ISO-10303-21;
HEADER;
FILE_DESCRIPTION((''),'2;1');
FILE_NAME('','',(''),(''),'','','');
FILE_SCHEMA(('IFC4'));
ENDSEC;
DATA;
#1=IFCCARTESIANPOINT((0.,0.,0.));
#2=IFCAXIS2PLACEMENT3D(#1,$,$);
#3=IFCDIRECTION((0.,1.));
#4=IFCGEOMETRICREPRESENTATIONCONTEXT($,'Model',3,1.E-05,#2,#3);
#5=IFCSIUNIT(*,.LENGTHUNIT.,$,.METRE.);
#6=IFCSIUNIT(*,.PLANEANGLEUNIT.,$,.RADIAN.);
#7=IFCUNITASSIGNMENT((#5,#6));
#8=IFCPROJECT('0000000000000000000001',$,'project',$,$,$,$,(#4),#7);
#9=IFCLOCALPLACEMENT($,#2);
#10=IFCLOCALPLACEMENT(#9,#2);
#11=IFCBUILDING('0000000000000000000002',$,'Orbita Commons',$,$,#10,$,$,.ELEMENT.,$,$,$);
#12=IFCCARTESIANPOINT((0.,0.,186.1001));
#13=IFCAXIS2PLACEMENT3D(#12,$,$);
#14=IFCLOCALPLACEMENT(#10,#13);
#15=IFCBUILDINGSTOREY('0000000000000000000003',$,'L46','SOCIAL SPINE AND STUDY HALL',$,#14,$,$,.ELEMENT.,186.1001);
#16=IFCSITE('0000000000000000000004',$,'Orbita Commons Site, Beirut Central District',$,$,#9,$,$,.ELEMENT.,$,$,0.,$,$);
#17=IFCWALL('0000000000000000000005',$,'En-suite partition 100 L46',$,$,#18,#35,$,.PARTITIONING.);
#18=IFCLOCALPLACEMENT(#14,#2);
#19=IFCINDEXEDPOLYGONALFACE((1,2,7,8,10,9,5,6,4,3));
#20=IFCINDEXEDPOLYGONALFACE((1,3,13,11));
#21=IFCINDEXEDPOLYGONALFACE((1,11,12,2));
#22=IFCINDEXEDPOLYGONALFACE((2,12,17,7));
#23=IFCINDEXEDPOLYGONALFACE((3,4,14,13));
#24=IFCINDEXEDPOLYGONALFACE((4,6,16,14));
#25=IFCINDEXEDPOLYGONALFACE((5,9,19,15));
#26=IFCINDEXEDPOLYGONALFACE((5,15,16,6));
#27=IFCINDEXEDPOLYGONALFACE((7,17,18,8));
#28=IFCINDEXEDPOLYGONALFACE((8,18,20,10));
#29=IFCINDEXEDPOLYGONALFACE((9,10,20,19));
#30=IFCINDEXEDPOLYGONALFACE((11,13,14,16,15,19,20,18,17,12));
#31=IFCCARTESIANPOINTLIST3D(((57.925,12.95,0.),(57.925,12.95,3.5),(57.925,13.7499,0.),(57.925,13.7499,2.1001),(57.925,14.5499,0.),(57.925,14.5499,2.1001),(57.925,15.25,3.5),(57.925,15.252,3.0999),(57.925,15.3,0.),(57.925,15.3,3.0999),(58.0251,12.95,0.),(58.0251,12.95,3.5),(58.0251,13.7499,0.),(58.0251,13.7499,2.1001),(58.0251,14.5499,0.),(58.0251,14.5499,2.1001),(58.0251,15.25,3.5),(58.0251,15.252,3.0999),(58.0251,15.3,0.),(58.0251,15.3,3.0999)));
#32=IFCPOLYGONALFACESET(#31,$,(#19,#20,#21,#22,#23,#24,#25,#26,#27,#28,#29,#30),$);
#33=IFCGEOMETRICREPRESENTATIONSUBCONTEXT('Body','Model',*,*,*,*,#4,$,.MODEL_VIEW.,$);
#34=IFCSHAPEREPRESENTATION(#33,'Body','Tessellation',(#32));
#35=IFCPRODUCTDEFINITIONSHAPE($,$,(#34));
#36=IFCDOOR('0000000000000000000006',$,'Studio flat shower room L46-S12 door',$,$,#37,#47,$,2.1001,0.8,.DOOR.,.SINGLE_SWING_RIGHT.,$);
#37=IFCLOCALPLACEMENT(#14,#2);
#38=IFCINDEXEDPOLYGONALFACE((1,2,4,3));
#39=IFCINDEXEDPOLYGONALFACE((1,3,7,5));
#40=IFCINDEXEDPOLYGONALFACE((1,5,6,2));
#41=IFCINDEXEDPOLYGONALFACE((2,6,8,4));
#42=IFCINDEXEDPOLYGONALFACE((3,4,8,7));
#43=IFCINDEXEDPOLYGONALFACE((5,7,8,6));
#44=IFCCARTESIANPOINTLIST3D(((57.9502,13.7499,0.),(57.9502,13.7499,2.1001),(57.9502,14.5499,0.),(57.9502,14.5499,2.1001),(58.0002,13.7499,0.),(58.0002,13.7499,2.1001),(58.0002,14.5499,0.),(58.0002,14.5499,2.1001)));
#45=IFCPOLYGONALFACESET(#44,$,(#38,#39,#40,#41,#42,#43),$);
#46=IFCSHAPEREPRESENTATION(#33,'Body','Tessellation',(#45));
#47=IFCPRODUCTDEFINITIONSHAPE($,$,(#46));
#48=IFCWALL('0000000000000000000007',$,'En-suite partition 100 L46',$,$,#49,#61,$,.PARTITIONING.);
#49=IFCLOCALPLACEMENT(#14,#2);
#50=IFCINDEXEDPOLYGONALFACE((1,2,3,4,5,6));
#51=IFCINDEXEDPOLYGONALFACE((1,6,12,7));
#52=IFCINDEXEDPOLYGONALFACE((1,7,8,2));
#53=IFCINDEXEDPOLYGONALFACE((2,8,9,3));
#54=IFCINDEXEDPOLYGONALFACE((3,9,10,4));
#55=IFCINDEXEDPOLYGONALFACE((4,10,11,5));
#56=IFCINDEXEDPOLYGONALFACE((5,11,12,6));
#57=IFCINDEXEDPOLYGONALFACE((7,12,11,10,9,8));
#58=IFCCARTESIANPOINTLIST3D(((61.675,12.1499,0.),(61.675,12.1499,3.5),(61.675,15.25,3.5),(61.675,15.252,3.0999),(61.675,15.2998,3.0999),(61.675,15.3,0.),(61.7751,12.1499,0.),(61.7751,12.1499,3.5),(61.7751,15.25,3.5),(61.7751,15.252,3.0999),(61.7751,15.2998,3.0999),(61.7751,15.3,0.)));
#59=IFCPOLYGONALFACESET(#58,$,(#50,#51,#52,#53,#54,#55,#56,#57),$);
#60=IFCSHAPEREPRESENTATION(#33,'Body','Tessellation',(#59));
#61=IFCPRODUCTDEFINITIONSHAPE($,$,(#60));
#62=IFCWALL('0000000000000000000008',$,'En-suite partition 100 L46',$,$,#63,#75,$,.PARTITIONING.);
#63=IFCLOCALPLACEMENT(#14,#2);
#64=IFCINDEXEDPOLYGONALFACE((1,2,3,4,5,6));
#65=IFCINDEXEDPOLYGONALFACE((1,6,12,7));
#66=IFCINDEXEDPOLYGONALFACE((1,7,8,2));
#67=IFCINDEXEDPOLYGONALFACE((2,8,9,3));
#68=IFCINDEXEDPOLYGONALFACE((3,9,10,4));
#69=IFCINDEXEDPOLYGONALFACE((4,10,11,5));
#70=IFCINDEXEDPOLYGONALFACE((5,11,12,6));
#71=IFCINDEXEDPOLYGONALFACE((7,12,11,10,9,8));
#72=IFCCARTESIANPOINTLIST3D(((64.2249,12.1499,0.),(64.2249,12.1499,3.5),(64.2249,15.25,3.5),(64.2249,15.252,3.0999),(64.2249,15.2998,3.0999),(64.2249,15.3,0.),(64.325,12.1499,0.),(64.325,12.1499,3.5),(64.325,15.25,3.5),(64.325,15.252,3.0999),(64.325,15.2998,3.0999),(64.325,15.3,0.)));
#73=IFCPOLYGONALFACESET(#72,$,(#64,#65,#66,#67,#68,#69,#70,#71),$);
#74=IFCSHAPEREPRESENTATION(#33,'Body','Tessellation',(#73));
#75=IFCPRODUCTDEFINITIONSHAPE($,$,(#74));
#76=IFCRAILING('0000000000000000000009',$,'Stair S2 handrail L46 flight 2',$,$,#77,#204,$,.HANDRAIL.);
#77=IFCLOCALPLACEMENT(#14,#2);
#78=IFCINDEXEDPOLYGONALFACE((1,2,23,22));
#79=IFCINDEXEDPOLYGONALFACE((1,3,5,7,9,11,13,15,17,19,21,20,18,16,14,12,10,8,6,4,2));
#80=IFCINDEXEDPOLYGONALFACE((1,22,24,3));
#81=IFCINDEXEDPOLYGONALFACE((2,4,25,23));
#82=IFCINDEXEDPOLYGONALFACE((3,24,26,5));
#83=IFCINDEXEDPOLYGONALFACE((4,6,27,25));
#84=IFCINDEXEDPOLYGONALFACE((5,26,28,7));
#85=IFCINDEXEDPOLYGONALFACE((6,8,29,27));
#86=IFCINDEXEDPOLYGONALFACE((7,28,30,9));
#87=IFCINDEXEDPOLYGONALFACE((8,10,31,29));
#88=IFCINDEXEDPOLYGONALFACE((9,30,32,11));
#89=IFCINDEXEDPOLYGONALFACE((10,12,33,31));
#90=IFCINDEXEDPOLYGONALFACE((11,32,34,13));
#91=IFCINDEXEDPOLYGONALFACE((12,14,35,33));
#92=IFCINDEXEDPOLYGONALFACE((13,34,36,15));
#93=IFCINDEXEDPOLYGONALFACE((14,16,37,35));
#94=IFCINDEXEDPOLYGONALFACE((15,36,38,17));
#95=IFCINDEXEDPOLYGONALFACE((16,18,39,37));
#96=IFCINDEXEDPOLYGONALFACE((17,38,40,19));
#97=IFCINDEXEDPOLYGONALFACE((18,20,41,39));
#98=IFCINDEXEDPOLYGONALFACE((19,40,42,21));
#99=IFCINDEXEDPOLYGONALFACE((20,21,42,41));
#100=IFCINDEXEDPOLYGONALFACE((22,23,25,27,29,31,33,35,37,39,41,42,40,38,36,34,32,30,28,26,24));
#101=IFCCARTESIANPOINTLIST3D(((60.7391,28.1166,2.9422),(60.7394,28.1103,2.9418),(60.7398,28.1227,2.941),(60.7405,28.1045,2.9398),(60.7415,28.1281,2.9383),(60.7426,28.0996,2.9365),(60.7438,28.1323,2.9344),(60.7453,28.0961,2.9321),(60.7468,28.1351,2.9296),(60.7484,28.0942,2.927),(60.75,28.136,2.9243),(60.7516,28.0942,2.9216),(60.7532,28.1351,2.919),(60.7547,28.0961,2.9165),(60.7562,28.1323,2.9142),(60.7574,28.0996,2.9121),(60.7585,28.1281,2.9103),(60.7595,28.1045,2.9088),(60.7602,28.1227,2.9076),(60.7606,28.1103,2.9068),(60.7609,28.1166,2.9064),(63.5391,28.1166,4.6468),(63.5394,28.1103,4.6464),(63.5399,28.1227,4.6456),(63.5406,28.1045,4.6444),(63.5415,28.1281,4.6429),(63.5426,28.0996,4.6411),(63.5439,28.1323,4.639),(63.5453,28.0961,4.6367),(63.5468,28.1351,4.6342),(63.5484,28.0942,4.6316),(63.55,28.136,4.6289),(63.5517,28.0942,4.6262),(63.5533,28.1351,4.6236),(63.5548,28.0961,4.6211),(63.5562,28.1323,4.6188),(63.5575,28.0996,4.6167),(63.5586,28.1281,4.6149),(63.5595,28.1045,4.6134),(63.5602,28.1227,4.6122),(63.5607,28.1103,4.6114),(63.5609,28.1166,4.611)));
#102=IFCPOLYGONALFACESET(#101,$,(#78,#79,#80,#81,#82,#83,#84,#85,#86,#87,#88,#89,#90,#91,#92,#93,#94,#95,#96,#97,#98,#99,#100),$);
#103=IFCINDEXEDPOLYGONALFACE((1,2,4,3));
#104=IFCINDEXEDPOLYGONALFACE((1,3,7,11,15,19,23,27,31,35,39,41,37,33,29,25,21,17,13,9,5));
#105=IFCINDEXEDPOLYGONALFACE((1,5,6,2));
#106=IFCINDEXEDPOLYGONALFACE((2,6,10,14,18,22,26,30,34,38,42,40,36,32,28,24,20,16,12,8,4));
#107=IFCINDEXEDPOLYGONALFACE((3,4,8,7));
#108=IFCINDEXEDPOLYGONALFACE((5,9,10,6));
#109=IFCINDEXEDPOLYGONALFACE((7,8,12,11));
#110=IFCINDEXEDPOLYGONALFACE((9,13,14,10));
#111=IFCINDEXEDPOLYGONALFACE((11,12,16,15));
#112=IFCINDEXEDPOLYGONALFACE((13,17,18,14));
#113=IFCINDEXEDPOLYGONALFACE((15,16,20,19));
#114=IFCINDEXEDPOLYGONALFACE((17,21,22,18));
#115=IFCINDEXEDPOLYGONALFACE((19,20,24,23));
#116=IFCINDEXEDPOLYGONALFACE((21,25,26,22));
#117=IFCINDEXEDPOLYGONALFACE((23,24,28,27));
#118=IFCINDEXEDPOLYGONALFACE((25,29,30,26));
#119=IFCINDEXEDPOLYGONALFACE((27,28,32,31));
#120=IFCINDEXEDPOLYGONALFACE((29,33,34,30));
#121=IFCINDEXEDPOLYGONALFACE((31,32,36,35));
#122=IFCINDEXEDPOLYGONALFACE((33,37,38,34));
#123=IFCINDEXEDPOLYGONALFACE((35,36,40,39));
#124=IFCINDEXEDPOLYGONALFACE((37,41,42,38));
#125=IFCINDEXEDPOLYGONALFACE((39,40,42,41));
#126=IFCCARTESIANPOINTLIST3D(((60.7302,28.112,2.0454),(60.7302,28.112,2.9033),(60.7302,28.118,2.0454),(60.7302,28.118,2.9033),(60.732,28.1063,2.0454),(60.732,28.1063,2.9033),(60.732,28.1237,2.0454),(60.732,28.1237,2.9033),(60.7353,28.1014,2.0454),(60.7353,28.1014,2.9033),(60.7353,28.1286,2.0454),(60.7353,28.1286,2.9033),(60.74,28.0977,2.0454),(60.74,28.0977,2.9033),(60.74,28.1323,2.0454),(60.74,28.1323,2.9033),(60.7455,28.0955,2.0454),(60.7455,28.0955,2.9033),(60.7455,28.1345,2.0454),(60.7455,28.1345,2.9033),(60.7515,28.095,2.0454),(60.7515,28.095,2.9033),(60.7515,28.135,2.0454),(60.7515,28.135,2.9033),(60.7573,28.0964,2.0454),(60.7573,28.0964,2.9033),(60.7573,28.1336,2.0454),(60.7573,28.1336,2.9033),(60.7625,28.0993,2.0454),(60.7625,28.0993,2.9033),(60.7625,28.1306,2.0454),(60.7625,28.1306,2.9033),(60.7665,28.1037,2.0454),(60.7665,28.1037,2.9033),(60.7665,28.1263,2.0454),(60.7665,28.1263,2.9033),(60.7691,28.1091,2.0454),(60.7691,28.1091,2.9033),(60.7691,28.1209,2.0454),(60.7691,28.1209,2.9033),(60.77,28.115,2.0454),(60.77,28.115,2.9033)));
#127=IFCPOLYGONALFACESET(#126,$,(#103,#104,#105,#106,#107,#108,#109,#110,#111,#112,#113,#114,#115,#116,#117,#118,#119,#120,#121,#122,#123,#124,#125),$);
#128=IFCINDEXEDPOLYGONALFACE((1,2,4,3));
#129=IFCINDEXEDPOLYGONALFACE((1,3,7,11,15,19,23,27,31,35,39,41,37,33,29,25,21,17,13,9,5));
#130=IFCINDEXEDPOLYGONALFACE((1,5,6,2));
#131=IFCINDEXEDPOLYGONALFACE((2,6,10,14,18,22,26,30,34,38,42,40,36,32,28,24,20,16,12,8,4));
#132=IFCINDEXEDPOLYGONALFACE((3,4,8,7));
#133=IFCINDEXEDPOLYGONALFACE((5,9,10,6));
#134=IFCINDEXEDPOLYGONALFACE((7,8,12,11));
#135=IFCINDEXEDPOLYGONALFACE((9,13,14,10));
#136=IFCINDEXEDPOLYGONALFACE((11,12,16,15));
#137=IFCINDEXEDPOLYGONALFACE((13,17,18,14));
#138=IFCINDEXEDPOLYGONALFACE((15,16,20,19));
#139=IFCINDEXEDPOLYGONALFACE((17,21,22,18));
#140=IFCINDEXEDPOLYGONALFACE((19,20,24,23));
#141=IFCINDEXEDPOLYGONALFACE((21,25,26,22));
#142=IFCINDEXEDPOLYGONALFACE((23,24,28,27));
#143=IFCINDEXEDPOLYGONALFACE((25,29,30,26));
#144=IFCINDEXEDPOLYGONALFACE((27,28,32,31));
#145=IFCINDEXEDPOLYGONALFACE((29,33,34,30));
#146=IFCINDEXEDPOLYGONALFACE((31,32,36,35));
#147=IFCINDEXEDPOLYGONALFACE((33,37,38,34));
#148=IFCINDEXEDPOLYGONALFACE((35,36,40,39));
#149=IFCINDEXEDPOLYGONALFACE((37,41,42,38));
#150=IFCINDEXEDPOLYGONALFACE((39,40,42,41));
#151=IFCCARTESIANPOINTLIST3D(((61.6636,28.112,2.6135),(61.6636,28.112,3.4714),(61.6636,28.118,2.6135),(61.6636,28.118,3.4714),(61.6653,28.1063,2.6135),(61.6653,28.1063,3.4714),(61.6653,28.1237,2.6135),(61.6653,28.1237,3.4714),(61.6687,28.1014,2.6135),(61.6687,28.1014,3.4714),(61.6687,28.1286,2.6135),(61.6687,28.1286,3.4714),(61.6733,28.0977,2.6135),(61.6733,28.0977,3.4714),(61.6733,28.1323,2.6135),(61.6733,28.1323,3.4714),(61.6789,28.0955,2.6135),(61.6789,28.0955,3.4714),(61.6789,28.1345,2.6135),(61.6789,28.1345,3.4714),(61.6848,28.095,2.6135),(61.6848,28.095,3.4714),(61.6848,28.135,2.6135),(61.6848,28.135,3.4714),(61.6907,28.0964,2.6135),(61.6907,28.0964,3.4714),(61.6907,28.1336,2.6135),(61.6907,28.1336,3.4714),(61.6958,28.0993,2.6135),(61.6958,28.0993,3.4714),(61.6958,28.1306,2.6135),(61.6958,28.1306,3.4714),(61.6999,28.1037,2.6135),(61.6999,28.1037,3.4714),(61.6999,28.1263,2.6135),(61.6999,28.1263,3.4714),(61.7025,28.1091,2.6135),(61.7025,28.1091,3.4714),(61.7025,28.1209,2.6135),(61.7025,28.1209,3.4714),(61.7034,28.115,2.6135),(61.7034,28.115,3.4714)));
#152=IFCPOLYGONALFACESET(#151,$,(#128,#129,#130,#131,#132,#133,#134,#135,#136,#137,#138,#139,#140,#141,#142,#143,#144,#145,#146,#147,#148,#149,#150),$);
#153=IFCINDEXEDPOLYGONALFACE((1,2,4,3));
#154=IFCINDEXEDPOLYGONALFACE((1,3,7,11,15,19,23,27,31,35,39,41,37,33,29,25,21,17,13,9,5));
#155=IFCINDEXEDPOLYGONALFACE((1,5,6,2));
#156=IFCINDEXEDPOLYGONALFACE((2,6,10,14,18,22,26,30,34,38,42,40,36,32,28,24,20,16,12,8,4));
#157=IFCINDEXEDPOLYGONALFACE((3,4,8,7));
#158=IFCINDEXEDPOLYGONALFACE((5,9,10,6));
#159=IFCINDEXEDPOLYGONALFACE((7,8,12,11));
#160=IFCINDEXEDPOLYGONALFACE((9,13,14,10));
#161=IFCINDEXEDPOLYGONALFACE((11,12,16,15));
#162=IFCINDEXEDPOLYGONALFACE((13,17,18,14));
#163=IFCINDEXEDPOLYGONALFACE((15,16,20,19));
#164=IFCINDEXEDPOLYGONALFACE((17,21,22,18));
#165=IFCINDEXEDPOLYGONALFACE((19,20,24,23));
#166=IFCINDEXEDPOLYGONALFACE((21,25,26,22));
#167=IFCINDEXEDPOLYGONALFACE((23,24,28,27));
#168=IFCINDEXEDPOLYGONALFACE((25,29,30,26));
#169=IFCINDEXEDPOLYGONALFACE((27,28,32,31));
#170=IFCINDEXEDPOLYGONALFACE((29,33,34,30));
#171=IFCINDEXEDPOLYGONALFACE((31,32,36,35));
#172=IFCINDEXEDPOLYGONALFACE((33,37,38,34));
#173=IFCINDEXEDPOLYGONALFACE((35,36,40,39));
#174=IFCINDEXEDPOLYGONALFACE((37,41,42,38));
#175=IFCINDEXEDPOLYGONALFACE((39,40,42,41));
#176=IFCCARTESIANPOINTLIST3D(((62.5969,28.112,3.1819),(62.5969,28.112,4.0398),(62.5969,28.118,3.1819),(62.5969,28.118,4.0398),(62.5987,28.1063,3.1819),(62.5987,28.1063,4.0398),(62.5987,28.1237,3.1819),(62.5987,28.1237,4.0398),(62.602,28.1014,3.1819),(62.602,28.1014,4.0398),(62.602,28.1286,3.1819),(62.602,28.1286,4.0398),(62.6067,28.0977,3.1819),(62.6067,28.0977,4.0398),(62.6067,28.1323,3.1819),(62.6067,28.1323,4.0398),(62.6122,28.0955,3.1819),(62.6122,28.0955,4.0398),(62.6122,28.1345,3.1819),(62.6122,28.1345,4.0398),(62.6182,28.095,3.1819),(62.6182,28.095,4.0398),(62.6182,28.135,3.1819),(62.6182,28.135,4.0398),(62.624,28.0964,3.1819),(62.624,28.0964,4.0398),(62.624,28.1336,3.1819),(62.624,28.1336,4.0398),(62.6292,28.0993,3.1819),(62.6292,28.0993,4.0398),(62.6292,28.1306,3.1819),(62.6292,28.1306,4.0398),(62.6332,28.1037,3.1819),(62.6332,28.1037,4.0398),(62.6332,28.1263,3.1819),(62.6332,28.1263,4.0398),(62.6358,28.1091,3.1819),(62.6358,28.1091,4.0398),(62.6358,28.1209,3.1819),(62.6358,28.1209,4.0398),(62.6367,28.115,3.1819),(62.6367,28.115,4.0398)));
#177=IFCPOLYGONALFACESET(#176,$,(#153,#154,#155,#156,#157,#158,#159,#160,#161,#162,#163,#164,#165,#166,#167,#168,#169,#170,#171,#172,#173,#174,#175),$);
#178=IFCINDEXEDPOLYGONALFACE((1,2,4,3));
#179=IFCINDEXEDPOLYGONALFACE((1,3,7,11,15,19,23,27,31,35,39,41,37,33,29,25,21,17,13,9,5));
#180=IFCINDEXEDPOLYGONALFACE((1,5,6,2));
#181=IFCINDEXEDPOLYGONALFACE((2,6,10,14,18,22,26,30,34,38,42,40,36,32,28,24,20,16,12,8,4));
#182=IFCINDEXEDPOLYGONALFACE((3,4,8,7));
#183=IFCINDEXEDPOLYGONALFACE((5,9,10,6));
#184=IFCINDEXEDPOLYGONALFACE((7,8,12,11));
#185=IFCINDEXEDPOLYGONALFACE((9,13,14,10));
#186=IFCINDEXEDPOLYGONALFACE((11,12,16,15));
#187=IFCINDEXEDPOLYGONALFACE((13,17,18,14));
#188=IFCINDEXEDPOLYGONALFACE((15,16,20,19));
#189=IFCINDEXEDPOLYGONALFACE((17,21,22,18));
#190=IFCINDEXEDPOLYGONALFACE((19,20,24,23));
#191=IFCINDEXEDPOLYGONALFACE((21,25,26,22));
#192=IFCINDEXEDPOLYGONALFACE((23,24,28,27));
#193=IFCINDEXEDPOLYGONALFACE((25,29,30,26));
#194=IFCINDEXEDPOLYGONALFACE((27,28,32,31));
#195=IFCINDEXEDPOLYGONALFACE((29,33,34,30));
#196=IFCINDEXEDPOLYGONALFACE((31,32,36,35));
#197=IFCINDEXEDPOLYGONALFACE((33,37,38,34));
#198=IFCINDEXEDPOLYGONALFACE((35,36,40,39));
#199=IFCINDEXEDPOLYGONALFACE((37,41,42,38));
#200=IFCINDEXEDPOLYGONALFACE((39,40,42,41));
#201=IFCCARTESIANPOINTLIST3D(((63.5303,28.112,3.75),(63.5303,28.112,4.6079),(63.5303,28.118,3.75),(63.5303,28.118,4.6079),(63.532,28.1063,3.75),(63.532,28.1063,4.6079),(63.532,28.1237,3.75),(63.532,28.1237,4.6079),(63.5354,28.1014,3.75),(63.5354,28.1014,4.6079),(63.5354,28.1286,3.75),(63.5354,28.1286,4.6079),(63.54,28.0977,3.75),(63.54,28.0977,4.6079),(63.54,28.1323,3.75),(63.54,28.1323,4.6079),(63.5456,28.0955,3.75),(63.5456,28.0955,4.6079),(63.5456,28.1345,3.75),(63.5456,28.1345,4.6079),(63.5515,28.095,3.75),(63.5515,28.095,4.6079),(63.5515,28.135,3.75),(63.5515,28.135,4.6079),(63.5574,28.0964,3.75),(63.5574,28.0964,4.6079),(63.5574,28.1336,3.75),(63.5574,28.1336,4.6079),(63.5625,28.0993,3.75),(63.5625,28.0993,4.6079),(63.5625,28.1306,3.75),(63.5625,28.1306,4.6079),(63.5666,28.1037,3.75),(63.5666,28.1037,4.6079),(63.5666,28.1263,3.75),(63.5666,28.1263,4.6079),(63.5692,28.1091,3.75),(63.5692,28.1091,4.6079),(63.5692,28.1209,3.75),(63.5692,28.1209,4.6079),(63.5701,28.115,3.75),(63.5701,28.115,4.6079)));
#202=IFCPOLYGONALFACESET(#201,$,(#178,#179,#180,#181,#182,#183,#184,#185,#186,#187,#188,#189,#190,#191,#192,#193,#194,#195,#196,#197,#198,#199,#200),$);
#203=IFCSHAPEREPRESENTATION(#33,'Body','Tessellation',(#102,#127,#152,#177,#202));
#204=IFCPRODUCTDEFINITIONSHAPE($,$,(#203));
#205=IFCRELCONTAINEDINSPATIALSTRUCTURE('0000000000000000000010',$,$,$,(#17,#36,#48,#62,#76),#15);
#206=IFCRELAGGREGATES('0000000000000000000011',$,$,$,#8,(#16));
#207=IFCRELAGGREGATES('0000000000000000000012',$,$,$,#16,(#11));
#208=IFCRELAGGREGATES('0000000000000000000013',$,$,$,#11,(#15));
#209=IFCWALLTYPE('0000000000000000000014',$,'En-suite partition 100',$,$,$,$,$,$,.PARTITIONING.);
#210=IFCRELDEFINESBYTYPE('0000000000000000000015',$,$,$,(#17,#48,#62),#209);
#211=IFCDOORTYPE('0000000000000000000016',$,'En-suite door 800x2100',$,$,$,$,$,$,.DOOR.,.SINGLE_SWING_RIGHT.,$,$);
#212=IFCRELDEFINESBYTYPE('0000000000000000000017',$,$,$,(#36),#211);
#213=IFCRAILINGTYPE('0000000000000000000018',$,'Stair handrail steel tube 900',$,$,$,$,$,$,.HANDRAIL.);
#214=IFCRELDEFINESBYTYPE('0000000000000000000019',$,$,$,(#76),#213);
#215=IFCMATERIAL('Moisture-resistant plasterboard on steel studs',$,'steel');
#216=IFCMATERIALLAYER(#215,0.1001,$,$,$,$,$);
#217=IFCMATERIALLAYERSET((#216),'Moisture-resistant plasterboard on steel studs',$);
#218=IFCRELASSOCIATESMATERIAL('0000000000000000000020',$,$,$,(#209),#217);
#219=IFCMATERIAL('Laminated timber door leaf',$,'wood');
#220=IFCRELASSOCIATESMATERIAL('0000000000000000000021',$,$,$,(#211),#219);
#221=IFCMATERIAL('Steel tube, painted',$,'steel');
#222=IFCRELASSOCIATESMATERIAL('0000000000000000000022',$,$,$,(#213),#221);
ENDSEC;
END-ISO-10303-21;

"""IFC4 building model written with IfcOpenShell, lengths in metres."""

from ifc_helpers import new_model, si_unit, direction, frame, frame_2d, origin, origin_2d, place, context, subcontext, project, spatial, polyline, rectangle, circle, outline, extrude, material, layer, layer_set, type_object, element, fill, save


model = new_model("IFC4")

# Units and contexts
model_context = context("Model", 3, precision=1e-05, world=origin(), true_north=direction((0.0, 1.0)))
body_context = subcontext(model_context, "Body", "Model", "MODEL_VIEW")
ifc_project = project(units=[si_unit("LENGTHUNIT", "METRE"), si_unit("PLANEANGLEUNIT", "RADIAN")], contexts=[model_context])

# Site, building, storey
site_placement = place(None, origin())
site = spatial("IfcSite", under=ifc_project, at=site_placement, Name="Orbita Commons Site, Beirut Central District", CompositionType="ELEMENT", RefElevation=0.0)
building_placement = place(site_placement, origin())
building = spatial("IfcBuilding", under=site, at=building_placement, Name="Orbita Commons", CompositionType="ELEMENT")
storey_placement = place(building_placement, frame((0.0, 0.0, 186.1001)))
storey = spatial("IfcBuildingStorey", under=building, at=storey_placement, Name="L46", Description="SOCIAL SPINE AND STUDY HALL", CompositionType="ELEMENT", Elevation=186.1001)

# Wall, opening, door
ifc_material_1 = material(Name="Moisture-resistant plasterboard on steel studs", Category="steel")
ifc_layer_1 = layer(ifc_material_1, 0.1001)
ifc_layer_set_1 = layer_set([ifc_layer_1], Name="Moisture-resistant plasterboard on steel studs")
wall_type_1 = type_object("IfcWallType", Name="En-suite partition 100", PredefinedType="PARTITIONING", material=ifc_layer_set_1)
ifc_material_2 = material(Name="Laminated timber door leaf", Category="wood")
door_type_1 = type_object("IfcDoorType", Name="En-suite door 800x2100", OperationType="SINGLE_SWING_RIGHT", PredefinedType="DOOR", material=ifc_material_2)
wall_1_placement = place(storey_placement, frame((57.9751, 12.95, 0.0), z_axis=(0.0, 0.0, 1.0), x_axis=(0.0, 1.0, 0.0)))
wall_1 = element("IfcWall", 1, at=wall_1_placement, inside=storey, type_object=wall_type_1, Name="En-suite partition 100 L46", PredefinedType="PARTITIONING", context=body_context, shape_type="SweptSolid", body=[
    extrude(outline(polyline([(0.0, 0.0), (2.3501, 0.0), (2.3501, 3.0999), (2.302, 3.0999), (2.3, 3.5), (0.0, 3.5), (0.0, 0.0)])), frame((0.0, 0.05, 0.0), z_axis=(0.0, -1.0, 0.0), x_axis=(1.0, 0.0, 0.0)), (0.0, 0.0, 1.0), 0.1001),
])
opening_1_placement = place(wall_1_placement, frame((0.8, 0.0, 0.0)))
opening_1 = element("IfcOpeningElement", 2, at=opening_1_placement, cuts=wall_1, PredefinedType="OPENING", context=body_context, shape_type="SweptSolid", body=[
    extrude(rectangle(XDim=0.8, YDim=2.1001, at=frame_2d((0.3999, 1.05))), frame((0.0, 0.0601, 0.0), z_axis=(0.0, -1.0, 0.0), x_axis=(1.0, 0.0, 0.0)), (0.0, 0.0, 1.0), 0.1201),
])
door_1_placement = place(opening_1_placement, origin())
door_1 = element("IfcDoor", 3, at=door_1_placement, inside=storey, type_object=door_type_1, Name="Studio flat shower room L46-S12 door", OperationType="SINGLE_SWING_RIGHT", OverallHeight=2.1001, OverallWidth=0.8, PredefinedType="DOOR", context=body_context, shape_type="SweptSolid", body=[
    extrude(rectangle(XDim=0.8, YDim=2.1001, at=frame_2d((0.3999, 1.05))), frame((0.0, 0.0249, 0.0), z_axis=(0.0, -1.0, 0.0), x_axis=(1.0, 0.0, 0.0)), (0.0, 0.0, 1.0), 0.05),
])
fill(opening_1, door_1)

# Walls
for number, where, z_axis, x_axis, name in (
    (4, (61.7251, 12.1499, 0.0), (0.0, 0.0, 1.0), (0.0, 1.0, 0.0), "En-suite partition 100 L46"),
    (5, (64.2749, 12.1499, 0.0), (0.0, 0.0, 1.0), (0.0, 1.0, 0.0), "En-suite partition 100 L46"),
):
    element("IfcWall", number, at=place(storey_placement, frame(where, z_axis=z_axis, x_axis=x_axis)), inside=storey, type_object=wall_type_1, Name=name, PredefinedType="PARTITIONING", context=body_context, shape_type="SweptSolid", body=[
        extrude(outline(polyline([(0.0, 0.0), (3.1501, 0.0), (3.1499, 3.0999), (3.1021, 3.0999), (3.1001, 3.5), (0.0, 3.5), (0.0, 0.0)])), frame((0.0, 0.05, 0.0), z_axis=(0.0, -1.0, 0.0), x_axis=(1.0, 0.0, 0.0)), (0.0, 0.0, 1.0), 0.1001),
    ])

# Railing
ifc_material_3 = material(Name="Steel tube, painted", Category="steel")
railing_type = type_object("IfcRailingType", Name="Stair handrail steel tube 900", PredefinedType="HANDRAIL", material=ifc_material_3)
for number, where, name in (
    (6, (60.75, 28.115, 2.0454), "Stair S2 handrail L46 flight 2"),
):
    element("IfcRailing", number, at=place(storey_placement, frame(where)), inside=storey, type_object=railing_type, Name=name, PredefinedType="HANDRAIL", context=body_context, shape_type="SweptSolid", body=[
        extrude(circle(Radius=0.021, at=origin_2d()), frame((0.0, 0.0, 0.8789), z_axis=(0.85417, 0.0, 0.519994), x_axis=(0.0, 1.0, 0.0)), (0.0, 0.0, 1.0), 3.2781),
        extrude(circle(Radius=0.02, at=origin_2d()), origin(), (0.0, 0.0, 1.0), 0.8579),
        extrude(circle(Radius=0.02, at=origin_2d()), frame((0.9333, 0.0, 0.5681)), (0.0, 0.0, 1.0), 0.8579),
        extrude(circle(Radius=0.02, at=origin_2d()), frame((1.8667, 0.0, 1.1365)), (0.0, 0.0, 1.0), 0.8579),
        extrude(circle(Radius=0.02, at=origin_2d()), frame((2.8, 0.0, 1.7046)), (0.0, 0.0, 1.0), 0.8579),
    ])

save(model, "model.ifc")
